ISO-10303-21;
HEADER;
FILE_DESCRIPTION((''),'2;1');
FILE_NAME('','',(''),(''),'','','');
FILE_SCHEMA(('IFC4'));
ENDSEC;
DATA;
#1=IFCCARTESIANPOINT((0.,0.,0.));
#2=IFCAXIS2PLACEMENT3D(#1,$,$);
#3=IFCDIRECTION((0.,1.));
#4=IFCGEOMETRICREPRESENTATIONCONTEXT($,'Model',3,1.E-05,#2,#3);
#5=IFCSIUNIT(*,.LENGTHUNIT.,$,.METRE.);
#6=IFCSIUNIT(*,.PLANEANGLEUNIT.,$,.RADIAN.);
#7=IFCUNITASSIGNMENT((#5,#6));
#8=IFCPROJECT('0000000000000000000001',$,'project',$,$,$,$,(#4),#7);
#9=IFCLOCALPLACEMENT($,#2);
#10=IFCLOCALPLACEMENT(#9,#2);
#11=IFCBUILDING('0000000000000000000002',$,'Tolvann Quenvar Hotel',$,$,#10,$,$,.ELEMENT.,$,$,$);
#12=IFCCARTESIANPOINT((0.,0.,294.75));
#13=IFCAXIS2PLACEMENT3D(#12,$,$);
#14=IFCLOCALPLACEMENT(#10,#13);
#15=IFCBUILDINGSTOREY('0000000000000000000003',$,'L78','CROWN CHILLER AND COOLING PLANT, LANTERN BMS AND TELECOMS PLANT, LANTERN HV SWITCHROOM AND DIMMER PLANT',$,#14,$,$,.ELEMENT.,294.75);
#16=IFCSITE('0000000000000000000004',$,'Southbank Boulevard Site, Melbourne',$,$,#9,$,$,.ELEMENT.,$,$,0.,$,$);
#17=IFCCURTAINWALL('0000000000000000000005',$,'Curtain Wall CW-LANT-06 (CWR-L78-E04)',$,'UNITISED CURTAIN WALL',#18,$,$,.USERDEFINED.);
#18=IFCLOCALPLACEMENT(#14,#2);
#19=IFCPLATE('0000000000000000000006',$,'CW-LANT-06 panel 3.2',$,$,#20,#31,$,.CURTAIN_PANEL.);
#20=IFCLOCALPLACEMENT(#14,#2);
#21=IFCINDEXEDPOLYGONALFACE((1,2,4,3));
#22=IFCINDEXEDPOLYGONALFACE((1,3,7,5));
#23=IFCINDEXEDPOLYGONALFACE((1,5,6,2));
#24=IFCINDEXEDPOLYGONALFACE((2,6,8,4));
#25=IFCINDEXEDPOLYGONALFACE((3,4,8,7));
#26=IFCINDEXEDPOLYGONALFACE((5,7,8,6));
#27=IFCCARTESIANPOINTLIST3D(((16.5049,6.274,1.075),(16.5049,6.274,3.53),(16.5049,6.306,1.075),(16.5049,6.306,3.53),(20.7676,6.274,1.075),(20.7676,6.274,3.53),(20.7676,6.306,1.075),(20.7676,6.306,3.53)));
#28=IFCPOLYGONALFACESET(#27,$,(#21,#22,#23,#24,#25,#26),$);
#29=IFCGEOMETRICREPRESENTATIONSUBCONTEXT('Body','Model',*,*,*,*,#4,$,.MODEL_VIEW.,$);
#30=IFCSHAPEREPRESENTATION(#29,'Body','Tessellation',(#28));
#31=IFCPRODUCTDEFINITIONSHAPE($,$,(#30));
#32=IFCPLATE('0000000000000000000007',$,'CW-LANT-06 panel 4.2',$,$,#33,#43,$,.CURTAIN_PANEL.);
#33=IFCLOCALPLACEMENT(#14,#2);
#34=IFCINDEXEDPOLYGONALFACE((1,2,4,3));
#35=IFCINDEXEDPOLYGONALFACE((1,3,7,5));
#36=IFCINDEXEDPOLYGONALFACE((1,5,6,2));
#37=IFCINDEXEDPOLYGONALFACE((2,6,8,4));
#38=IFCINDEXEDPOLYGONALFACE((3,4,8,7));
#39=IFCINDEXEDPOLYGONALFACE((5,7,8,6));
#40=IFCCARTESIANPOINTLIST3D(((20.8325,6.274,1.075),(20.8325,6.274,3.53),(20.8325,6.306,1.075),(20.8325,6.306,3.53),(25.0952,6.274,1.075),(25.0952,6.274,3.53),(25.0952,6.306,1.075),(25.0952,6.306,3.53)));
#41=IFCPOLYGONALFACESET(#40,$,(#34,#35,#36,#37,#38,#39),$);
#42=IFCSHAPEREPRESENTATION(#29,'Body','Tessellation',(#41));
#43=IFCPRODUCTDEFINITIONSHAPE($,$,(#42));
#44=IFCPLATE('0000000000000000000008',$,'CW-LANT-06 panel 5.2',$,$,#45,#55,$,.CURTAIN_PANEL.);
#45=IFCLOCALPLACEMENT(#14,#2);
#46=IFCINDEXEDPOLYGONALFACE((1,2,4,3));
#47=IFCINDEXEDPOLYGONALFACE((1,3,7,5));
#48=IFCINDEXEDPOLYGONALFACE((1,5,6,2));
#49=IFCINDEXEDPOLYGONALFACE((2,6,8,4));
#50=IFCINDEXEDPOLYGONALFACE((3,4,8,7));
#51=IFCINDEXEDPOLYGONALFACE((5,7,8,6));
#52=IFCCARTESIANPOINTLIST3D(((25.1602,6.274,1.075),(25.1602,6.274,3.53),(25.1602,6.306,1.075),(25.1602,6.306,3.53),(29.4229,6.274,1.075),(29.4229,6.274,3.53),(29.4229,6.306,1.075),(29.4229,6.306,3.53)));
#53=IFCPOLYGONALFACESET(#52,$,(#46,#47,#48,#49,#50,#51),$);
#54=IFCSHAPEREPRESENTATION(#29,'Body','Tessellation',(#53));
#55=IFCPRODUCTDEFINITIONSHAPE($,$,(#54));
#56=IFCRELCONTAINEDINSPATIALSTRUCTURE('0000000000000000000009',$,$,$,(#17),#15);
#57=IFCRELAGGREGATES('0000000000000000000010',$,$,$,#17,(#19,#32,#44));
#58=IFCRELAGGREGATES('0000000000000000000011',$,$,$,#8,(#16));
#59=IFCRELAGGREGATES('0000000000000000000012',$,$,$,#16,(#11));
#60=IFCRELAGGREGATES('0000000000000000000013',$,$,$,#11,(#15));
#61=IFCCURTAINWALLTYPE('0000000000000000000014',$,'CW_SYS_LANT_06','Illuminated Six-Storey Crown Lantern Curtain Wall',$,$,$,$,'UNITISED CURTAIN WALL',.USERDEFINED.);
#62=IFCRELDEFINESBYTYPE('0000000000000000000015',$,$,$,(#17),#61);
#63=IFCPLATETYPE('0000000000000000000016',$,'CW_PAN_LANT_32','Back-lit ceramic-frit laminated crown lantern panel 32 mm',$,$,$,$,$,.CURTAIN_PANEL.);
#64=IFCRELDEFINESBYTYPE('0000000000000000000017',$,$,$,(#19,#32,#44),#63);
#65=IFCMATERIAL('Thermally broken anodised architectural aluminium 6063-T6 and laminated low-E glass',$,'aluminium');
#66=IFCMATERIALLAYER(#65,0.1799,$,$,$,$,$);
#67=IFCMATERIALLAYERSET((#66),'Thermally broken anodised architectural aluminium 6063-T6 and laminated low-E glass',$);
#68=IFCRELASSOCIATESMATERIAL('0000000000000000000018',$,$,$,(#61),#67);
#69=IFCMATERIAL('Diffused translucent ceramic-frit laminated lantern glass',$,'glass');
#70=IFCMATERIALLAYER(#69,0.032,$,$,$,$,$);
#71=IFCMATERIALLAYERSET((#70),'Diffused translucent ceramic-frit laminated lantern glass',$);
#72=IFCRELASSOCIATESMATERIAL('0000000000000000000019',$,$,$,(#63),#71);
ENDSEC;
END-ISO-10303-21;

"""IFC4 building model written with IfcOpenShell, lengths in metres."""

from ifc_helpers import new_model, si_unit, direction, frame, origin, origin_2d, place, context, subcontext, project, spatial, rectangle, extrude, source, transform, mapped, material, layer, layer_set, type_object, element, aggregate, save


model = new_model("IFC4")

# Units and contexts
model_context = context("Model", 3, precision=1e-05, world=origin(), true_north=direction((0.0, 1.0)))
body_context = subcontext(model_context, "Body", "Model", "MODEL_VIEW")
ifc_project = project(units=[si_unit("LENGTHUNIT", "METRE"), si_unit("PLANEANGLEUNIT", "RADIAN")], contexts=[model_context])

# Site, building, storey
site_placement = place(None, origin())
site = spatial("IfcSite", under=ifc_project, at=site_placement, Name="Southbank Boulevard Site, Melbourne", CompositionType="ELEMENT", RefElevation=0.0)
building_placement = place(site_placement, origin())
building = spatial("IfcBuilding", under=site, at=building_placement, Name="Tolvann Quenvar Hotel", CompositionType="ELEMENT")
storey_placement = place(building_placement, frame((0.0, 0.0, 294.75)))
storey = spatial("IfcBuildingStorey", under=building, at=storey_placement, Name="L78", Description="CROWN CHILLER AND COOLING PLANT, LANTERN BMS AND TELECOMS PLANT, LANTERN HV SWITCHROOM AND DIMMER PLANT", CompositionType="ELEMENT", Elevation=294.75)

# Curtain wall
ifc_material_1 = material(Name="Thermally broken anodised architectural aluminium 6063-T6 and laminated low-E glass", Category="aluminium")
ifc_layer_1 = layer(ifc_material_1, 0.1799)
ifc_layer_set_1 = layer_set([ifc_layer_1], Name="Thermally broken anodised architectural aluminium 6063-T6 and laminated low-E glass")
curtain_wall_type = type_object("IfcCurtainWallType", Name="CW_SYS_LANT_06", Description="Illuminated Six-Storey Crown Lantern Curtain Wall", ElementType="UNITISED CURTAIN WALL", PredefinedType="USERDEFINED", material=ifc_layer_set_1)
curtain_wall_1_placement = place(storey_placement, origin())
curtain_wall_1 = element("IfcCurtainWall", 1, at=curtain_wall_1_placement, inside=storey, type_object=curtain_wall_type, Name="Curtain Wall CW-LANT-06 (CWR-L78-E04)", ObjectType="UNITISED CURTAIN WALL", PredefinedType="USERDEFINED")

# Plates
ifc_material_2 = material(Name="Diffused translucent ceramic-frit laminated lantern glass", Category="glass")
ifc_layer_2 = layer(ifc_material_2, 0.032)
ifc_layer_set_2 = layer_set([ifc_layer_2], Name="Diffused translucent ceramic-frit laminated lantern glass")
plate_type = type_object("IfcPlateType", Name="CW_PAN_LANT_32", Description="Back-lit ceramic-frit laminated crown lantern panel 32 mm", PredefinedType="CURTAIN_PANEL", material=ifc_layer_set_2)
shared_shape_1 = source(origin(), body_context, "Body", "SweptSolid", [
    extrude(rectangle(XDim=4.2627, YDim=0.032, at=origin_2d()), origin(), (0.0, 0.0, 1.0), 2.4551),
])
plate_1_placement = place(storey_placement, frame((18.6362, 6.29, 1.075), z_axis=(0.0, 0.0, 1.0), x_axis=(1.0, 0.0, 0.0)))
plate_1 = element("IfcPlate", 2, at=plate_1_placement, type_object=plate_type, Name="CW-LANT-06 panel 3.2", PredefinedType="CURTAIN_PANEL", context=body_context, shape_type="MappedRepresentation", body=[
    mapped(shared_shape_1, transform((0.0, 0.0, 0.0), x_axis=(1.0, 0.0, 0.0), y_axis=(0.0, 1.0, 0.0), z_axis=(0.0, 0.0, 1.0), scale=1.0)),
])
plate_2_placement = place(storey_placement, frame((22.9639, 6.29, 1.075), z_axis=(0.0, 0.0, 1.0), x_axis=(1.0, 0.0, 0.0)))
plate_2 = element("IfcPlate", 3, at=plate_2_placement, type_object=plate_type, Name="CW-LANT-06 panel 4.2", PredefinedType="CURTAIN_PANEL", context=body_context, shape_type="MappedRepresentation", body=[
    mapped(shared_shape_1, transform((0.0, 0.0, 0.0), x_axis=(1.0, 0.0, 0.0), y_axis=(0.0, 1.0, 0.0), z_axis=(0.0, 0.0, 1.0), scale=1.0)),
])
plate_3_placement = place(storey_placement, frame((27.2915, 6.29, 1.075), z_axis=(0.0, 0.0, 1.0), x_axis=(1.0, 0.0, 0.0)))
plate_3 = element("IfcPlate", 4, at=plate_3_placement, type_object=plate_type, Name="CW-LANT-06 panel 5.2", PredefinedType="CURTAIN_PANEL", context=body_context, shape_type="MappedRepresentation", body=[
    mapped(shared_shape_1, transform((0.0, 0.0, 0.0), x_axis=(1.0, 0.0, 0.0), y_axis=(0.0, 1.0, 0.0), z_axis=(0.0, 0.0, 1.0), scale=1.0)),
])
aggregate(curtain_wall_1, [plate_1, plate_2, plate_3])

save(model, "model.ifc")
